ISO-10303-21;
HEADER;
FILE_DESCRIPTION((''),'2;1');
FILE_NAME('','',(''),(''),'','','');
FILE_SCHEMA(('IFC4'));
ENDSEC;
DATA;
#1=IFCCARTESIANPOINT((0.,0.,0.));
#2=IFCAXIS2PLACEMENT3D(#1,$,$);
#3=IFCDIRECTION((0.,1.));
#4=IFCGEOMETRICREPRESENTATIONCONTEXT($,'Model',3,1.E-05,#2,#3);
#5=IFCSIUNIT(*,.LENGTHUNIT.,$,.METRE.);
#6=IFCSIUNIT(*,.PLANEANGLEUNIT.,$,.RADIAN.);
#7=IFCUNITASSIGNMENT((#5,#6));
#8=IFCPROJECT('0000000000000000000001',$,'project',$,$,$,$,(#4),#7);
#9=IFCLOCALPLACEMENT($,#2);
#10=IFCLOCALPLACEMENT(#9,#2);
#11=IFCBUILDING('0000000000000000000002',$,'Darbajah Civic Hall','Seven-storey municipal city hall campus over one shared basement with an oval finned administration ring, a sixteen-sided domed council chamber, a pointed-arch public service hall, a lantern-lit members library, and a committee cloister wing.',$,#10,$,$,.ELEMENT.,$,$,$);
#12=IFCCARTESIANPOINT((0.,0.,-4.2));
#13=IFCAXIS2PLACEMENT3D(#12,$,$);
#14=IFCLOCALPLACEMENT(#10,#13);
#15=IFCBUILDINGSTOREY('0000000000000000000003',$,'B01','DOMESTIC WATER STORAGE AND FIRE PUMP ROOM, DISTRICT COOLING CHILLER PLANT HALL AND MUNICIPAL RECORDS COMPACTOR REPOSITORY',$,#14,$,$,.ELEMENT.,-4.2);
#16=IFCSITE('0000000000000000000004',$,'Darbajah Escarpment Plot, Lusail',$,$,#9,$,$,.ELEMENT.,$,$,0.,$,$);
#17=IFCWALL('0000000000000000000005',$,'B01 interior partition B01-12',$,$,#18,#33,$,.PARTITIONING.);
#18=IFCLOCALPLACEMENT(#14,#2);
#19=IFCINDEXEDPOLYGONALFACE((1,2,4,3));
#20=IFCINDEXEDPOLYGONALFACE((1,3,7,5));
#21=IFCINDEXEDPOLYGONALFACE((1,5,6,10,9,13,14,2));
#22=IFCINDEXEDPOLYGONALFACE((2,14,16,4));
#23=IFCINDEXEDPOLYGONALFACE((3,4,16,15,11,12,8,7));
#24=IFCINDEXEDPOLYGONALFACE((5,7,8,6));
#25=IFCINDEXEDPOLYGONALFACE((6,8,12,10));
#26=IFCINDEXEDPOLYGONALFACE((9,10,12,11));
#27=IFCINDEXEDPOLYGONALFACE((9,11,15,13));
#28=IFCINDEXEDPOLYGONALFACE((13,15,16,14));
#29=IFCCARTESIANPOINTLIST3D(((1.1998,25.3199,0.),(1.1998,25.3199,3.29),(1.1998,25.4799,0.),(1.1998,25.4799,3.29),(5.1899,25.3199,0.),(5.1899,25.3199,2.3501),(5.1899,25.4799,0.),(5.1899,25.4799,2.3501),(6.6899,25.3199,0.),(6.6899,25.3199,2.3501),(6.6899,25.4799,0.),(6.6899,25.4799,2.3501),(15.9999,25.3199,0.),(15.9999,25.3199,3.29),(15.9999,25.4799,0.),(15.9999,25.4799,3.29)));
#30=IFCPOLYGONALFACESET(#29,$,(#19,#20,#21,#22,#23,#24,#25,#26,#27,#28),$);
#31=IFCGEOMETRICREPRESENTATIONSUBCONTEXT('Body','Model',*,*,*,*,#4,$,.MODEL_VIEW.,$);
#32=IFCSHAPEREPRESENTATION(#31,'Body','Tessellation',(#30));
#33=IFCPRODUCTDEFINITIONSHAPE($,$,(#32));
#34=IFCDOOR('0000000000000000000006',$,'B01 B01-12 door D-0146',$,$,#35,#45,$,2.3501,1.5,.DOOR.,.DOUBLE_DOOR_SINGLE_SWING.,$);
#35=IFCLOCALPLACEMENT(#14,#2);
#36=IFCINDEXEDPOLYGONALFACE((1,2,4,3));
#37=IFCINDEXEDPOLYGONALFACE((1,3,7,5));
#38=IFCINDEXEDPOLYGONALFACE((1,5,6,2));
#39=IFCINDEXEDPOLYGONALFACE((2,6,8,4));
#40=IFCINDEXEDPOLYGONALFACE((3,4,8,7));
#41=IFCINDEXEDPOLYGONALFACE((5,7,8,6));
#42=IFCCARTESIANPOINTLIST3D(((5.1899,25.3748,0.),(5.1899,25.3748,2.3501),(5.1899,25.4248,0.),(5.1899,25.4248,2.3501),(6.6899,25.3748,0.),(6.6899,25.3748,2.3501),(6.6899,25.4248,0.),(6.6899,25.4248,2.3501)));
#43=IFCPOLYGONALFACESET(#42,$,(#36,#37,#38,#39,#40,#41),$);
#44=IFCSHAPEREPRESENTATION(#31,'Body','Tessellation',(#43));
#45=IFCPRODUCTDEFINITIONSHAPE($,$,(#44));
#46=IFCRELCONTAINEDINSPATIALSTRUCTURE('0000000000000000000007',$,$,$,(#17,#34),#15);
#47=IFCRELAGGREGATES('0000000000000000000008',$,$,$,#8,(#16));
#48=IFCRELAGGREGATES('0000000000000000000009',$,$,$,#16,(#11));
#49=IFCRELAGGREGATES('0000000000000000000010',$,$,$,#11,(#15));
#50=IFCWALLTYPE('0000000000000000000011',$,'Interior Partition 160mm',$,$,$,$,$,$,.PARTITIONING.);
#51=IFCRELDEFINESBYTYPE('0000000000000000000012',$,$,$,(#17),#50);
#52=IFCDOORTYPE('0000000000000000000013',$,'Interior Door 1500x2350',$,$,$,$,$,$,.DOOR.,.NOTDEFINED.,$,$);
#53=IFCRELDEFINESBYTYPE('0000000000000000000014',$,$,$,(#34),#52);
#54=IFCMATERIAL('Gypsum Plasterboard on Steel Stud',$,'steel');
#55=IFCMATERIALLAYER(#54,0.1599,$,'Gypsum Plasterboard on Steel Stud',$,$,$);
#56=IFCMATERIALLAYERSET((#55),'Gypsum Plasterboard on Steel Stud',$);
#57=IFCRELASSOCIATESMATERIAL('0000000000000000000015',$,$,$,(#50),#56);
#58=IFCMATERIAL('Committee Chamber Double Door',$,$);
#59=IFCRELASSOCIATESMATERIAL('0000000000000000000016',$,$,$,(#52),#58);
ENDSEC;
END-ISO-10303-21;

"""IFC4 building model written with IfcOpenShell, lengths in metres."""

from ifc_helpers import new_model, si_unit, direction, frame, frame_2d, origin, place, context, subcontext, project, spatial, rectangle, extrude, material, layer, layer_set, type_object, element, fill, save


model = new_model("IFC4")

# Units and contexts
model_context = context("Model", 3, precision=1e-05, world=origin(), true_north=direction((0.0, 1.0)))
body_context = subcontext(model_context, "Body", "Model", "MODEL_VIEW")
ifc_project = project(units=[si_unit("LENGTHUNIT", "METRE"), si_unit("PLANEANGLEUNIT", "RADIAN")], contexts=[model_context])

# Site, building, storey
site_placement = place(None, origin())
site = spatial("IfcSite", under=ifc_project, at=site_placement, Name="Darbajah Escarpment Plot, Lusail", CompositionType="ELEMENT", RefElevation=0.0)
building_placement = place(site_placement, origin())
building = spatial("IfcBuilding", under=site, at=building_placement, Name="Darbajah Civic Hall", Description="Seven-storey municipal city hall campus over one shared basement with an oval finned administration ring, a sixteen-sided domed council chamber, a pointed-arch public service hall, a lantern-lit members library, and a committee cloister wing.", CompositionType="ELEMENT")
storey_placement = place(building_placement, frame((0.0, 0.0, -4.2)))
storey = spatial("IfcBuildingStorey", under=building, at=storey_placement, Name="B01", Description="DOMESTIC WATER STORAGE AND FIRE PUMP ROOM, DISTRICT COOLING CHILLER PLANT HALL AND MUNICIPAL RECORDS COMPACTOR REPOSITORY", CompositionType="ELEMENT", Elevation=-4.2)

# Wall, opening, door
ifc_material_1 = material(Name="Gypsum Plasterboard on Steel Stud", Category="steel")
ifc_layer_1 = layer(ifc_material_1, 0.1599, Name="Gypsum Plasterboard on Steel Stud")
ifc_layer_set_1 = layer_set([ifc_layer_1], Name="Gypsum Plasterboard on Steel Stud")
wall_type_1 = type_object("IfcWallType", Name="Interior Partition 160mm", PredefinedType="PARTITIONING", material=ifc_layer_set_1)
wall_1_placement = place(storey_placement, frame((1.2, 25.3999, 0.0), z_axis=(0.0, 0.0, 1.0), x_axis=(1.0, 0.0, 0.0)))
wall_1 = element("IfcWall", 1, at=wall_1_placement, inside=storey, type_object=wall_type_1, Name="B01 interior partition B01-12", PredefinedType="PARTITIONING", context=body_context, shape_type="SweptSolid", body=[
    extrude(rectangle(XDim=14.8, YDim=0.1599, at=frame_2d((7.3999, 0.0))), origin(), (0.0, 0.0, 1.0), 3.29),
])
opening_placement = place(wall_1_placement, frame((3.99, 0.0, 0.0)))
opening = element("IfcOpeningElement", 2, at=opening_placement, cuts=wall_1, PredefinedType="OPENING", context=body_context, shape_type="SweptSolid", body=[
    extrude(rectangle(XDim=1.5, YDim=2.3501, at=frame_2d((0.75, 1.175))), frame((0.0, 0.0898, 0.0), z_axis=(0.0, -1.0, 0.0), x_axis=(1.0, 0.0, 0.0)), (0.0, 0.0, 1.0), 0.1799),
])
ifc_material_2 = material(Name="Committee Chamber Double Door")
door_type = type_object("IfcDoorType", Name="Interior Door 1500x2350", OperationType="NOTDEFINED", PredefinedType="DOOR", material=ifc_material_2)
door_placement = place(opening_placement, origin())
door = element("IfcDoor", 3, at=door_placement, inside=storey, type_object=door_type, Name="B01 B01-12 door D-0146", OperationType="DOUBLE_DOOR_SINGLE_SWING", OverallHeight=2.3501, OverallWidth=1.5, PredefinedType="DOOR", context=body_context, shape_type="SweptSolid", body=[
    extrude(rectangle(XDim=1.5, YDim=2.3501, at=frame_2d((0.75, 1.175))), frame((0.0, 0.0249, 0.0), z_axis=(0.0, -1.0, 0.0), x_axis=(1.0, 0.0, 0.0)), (0.0, 0.0, 1.0), 0.05),
])
fill(opening, door)

save(model, "model.ifc")
